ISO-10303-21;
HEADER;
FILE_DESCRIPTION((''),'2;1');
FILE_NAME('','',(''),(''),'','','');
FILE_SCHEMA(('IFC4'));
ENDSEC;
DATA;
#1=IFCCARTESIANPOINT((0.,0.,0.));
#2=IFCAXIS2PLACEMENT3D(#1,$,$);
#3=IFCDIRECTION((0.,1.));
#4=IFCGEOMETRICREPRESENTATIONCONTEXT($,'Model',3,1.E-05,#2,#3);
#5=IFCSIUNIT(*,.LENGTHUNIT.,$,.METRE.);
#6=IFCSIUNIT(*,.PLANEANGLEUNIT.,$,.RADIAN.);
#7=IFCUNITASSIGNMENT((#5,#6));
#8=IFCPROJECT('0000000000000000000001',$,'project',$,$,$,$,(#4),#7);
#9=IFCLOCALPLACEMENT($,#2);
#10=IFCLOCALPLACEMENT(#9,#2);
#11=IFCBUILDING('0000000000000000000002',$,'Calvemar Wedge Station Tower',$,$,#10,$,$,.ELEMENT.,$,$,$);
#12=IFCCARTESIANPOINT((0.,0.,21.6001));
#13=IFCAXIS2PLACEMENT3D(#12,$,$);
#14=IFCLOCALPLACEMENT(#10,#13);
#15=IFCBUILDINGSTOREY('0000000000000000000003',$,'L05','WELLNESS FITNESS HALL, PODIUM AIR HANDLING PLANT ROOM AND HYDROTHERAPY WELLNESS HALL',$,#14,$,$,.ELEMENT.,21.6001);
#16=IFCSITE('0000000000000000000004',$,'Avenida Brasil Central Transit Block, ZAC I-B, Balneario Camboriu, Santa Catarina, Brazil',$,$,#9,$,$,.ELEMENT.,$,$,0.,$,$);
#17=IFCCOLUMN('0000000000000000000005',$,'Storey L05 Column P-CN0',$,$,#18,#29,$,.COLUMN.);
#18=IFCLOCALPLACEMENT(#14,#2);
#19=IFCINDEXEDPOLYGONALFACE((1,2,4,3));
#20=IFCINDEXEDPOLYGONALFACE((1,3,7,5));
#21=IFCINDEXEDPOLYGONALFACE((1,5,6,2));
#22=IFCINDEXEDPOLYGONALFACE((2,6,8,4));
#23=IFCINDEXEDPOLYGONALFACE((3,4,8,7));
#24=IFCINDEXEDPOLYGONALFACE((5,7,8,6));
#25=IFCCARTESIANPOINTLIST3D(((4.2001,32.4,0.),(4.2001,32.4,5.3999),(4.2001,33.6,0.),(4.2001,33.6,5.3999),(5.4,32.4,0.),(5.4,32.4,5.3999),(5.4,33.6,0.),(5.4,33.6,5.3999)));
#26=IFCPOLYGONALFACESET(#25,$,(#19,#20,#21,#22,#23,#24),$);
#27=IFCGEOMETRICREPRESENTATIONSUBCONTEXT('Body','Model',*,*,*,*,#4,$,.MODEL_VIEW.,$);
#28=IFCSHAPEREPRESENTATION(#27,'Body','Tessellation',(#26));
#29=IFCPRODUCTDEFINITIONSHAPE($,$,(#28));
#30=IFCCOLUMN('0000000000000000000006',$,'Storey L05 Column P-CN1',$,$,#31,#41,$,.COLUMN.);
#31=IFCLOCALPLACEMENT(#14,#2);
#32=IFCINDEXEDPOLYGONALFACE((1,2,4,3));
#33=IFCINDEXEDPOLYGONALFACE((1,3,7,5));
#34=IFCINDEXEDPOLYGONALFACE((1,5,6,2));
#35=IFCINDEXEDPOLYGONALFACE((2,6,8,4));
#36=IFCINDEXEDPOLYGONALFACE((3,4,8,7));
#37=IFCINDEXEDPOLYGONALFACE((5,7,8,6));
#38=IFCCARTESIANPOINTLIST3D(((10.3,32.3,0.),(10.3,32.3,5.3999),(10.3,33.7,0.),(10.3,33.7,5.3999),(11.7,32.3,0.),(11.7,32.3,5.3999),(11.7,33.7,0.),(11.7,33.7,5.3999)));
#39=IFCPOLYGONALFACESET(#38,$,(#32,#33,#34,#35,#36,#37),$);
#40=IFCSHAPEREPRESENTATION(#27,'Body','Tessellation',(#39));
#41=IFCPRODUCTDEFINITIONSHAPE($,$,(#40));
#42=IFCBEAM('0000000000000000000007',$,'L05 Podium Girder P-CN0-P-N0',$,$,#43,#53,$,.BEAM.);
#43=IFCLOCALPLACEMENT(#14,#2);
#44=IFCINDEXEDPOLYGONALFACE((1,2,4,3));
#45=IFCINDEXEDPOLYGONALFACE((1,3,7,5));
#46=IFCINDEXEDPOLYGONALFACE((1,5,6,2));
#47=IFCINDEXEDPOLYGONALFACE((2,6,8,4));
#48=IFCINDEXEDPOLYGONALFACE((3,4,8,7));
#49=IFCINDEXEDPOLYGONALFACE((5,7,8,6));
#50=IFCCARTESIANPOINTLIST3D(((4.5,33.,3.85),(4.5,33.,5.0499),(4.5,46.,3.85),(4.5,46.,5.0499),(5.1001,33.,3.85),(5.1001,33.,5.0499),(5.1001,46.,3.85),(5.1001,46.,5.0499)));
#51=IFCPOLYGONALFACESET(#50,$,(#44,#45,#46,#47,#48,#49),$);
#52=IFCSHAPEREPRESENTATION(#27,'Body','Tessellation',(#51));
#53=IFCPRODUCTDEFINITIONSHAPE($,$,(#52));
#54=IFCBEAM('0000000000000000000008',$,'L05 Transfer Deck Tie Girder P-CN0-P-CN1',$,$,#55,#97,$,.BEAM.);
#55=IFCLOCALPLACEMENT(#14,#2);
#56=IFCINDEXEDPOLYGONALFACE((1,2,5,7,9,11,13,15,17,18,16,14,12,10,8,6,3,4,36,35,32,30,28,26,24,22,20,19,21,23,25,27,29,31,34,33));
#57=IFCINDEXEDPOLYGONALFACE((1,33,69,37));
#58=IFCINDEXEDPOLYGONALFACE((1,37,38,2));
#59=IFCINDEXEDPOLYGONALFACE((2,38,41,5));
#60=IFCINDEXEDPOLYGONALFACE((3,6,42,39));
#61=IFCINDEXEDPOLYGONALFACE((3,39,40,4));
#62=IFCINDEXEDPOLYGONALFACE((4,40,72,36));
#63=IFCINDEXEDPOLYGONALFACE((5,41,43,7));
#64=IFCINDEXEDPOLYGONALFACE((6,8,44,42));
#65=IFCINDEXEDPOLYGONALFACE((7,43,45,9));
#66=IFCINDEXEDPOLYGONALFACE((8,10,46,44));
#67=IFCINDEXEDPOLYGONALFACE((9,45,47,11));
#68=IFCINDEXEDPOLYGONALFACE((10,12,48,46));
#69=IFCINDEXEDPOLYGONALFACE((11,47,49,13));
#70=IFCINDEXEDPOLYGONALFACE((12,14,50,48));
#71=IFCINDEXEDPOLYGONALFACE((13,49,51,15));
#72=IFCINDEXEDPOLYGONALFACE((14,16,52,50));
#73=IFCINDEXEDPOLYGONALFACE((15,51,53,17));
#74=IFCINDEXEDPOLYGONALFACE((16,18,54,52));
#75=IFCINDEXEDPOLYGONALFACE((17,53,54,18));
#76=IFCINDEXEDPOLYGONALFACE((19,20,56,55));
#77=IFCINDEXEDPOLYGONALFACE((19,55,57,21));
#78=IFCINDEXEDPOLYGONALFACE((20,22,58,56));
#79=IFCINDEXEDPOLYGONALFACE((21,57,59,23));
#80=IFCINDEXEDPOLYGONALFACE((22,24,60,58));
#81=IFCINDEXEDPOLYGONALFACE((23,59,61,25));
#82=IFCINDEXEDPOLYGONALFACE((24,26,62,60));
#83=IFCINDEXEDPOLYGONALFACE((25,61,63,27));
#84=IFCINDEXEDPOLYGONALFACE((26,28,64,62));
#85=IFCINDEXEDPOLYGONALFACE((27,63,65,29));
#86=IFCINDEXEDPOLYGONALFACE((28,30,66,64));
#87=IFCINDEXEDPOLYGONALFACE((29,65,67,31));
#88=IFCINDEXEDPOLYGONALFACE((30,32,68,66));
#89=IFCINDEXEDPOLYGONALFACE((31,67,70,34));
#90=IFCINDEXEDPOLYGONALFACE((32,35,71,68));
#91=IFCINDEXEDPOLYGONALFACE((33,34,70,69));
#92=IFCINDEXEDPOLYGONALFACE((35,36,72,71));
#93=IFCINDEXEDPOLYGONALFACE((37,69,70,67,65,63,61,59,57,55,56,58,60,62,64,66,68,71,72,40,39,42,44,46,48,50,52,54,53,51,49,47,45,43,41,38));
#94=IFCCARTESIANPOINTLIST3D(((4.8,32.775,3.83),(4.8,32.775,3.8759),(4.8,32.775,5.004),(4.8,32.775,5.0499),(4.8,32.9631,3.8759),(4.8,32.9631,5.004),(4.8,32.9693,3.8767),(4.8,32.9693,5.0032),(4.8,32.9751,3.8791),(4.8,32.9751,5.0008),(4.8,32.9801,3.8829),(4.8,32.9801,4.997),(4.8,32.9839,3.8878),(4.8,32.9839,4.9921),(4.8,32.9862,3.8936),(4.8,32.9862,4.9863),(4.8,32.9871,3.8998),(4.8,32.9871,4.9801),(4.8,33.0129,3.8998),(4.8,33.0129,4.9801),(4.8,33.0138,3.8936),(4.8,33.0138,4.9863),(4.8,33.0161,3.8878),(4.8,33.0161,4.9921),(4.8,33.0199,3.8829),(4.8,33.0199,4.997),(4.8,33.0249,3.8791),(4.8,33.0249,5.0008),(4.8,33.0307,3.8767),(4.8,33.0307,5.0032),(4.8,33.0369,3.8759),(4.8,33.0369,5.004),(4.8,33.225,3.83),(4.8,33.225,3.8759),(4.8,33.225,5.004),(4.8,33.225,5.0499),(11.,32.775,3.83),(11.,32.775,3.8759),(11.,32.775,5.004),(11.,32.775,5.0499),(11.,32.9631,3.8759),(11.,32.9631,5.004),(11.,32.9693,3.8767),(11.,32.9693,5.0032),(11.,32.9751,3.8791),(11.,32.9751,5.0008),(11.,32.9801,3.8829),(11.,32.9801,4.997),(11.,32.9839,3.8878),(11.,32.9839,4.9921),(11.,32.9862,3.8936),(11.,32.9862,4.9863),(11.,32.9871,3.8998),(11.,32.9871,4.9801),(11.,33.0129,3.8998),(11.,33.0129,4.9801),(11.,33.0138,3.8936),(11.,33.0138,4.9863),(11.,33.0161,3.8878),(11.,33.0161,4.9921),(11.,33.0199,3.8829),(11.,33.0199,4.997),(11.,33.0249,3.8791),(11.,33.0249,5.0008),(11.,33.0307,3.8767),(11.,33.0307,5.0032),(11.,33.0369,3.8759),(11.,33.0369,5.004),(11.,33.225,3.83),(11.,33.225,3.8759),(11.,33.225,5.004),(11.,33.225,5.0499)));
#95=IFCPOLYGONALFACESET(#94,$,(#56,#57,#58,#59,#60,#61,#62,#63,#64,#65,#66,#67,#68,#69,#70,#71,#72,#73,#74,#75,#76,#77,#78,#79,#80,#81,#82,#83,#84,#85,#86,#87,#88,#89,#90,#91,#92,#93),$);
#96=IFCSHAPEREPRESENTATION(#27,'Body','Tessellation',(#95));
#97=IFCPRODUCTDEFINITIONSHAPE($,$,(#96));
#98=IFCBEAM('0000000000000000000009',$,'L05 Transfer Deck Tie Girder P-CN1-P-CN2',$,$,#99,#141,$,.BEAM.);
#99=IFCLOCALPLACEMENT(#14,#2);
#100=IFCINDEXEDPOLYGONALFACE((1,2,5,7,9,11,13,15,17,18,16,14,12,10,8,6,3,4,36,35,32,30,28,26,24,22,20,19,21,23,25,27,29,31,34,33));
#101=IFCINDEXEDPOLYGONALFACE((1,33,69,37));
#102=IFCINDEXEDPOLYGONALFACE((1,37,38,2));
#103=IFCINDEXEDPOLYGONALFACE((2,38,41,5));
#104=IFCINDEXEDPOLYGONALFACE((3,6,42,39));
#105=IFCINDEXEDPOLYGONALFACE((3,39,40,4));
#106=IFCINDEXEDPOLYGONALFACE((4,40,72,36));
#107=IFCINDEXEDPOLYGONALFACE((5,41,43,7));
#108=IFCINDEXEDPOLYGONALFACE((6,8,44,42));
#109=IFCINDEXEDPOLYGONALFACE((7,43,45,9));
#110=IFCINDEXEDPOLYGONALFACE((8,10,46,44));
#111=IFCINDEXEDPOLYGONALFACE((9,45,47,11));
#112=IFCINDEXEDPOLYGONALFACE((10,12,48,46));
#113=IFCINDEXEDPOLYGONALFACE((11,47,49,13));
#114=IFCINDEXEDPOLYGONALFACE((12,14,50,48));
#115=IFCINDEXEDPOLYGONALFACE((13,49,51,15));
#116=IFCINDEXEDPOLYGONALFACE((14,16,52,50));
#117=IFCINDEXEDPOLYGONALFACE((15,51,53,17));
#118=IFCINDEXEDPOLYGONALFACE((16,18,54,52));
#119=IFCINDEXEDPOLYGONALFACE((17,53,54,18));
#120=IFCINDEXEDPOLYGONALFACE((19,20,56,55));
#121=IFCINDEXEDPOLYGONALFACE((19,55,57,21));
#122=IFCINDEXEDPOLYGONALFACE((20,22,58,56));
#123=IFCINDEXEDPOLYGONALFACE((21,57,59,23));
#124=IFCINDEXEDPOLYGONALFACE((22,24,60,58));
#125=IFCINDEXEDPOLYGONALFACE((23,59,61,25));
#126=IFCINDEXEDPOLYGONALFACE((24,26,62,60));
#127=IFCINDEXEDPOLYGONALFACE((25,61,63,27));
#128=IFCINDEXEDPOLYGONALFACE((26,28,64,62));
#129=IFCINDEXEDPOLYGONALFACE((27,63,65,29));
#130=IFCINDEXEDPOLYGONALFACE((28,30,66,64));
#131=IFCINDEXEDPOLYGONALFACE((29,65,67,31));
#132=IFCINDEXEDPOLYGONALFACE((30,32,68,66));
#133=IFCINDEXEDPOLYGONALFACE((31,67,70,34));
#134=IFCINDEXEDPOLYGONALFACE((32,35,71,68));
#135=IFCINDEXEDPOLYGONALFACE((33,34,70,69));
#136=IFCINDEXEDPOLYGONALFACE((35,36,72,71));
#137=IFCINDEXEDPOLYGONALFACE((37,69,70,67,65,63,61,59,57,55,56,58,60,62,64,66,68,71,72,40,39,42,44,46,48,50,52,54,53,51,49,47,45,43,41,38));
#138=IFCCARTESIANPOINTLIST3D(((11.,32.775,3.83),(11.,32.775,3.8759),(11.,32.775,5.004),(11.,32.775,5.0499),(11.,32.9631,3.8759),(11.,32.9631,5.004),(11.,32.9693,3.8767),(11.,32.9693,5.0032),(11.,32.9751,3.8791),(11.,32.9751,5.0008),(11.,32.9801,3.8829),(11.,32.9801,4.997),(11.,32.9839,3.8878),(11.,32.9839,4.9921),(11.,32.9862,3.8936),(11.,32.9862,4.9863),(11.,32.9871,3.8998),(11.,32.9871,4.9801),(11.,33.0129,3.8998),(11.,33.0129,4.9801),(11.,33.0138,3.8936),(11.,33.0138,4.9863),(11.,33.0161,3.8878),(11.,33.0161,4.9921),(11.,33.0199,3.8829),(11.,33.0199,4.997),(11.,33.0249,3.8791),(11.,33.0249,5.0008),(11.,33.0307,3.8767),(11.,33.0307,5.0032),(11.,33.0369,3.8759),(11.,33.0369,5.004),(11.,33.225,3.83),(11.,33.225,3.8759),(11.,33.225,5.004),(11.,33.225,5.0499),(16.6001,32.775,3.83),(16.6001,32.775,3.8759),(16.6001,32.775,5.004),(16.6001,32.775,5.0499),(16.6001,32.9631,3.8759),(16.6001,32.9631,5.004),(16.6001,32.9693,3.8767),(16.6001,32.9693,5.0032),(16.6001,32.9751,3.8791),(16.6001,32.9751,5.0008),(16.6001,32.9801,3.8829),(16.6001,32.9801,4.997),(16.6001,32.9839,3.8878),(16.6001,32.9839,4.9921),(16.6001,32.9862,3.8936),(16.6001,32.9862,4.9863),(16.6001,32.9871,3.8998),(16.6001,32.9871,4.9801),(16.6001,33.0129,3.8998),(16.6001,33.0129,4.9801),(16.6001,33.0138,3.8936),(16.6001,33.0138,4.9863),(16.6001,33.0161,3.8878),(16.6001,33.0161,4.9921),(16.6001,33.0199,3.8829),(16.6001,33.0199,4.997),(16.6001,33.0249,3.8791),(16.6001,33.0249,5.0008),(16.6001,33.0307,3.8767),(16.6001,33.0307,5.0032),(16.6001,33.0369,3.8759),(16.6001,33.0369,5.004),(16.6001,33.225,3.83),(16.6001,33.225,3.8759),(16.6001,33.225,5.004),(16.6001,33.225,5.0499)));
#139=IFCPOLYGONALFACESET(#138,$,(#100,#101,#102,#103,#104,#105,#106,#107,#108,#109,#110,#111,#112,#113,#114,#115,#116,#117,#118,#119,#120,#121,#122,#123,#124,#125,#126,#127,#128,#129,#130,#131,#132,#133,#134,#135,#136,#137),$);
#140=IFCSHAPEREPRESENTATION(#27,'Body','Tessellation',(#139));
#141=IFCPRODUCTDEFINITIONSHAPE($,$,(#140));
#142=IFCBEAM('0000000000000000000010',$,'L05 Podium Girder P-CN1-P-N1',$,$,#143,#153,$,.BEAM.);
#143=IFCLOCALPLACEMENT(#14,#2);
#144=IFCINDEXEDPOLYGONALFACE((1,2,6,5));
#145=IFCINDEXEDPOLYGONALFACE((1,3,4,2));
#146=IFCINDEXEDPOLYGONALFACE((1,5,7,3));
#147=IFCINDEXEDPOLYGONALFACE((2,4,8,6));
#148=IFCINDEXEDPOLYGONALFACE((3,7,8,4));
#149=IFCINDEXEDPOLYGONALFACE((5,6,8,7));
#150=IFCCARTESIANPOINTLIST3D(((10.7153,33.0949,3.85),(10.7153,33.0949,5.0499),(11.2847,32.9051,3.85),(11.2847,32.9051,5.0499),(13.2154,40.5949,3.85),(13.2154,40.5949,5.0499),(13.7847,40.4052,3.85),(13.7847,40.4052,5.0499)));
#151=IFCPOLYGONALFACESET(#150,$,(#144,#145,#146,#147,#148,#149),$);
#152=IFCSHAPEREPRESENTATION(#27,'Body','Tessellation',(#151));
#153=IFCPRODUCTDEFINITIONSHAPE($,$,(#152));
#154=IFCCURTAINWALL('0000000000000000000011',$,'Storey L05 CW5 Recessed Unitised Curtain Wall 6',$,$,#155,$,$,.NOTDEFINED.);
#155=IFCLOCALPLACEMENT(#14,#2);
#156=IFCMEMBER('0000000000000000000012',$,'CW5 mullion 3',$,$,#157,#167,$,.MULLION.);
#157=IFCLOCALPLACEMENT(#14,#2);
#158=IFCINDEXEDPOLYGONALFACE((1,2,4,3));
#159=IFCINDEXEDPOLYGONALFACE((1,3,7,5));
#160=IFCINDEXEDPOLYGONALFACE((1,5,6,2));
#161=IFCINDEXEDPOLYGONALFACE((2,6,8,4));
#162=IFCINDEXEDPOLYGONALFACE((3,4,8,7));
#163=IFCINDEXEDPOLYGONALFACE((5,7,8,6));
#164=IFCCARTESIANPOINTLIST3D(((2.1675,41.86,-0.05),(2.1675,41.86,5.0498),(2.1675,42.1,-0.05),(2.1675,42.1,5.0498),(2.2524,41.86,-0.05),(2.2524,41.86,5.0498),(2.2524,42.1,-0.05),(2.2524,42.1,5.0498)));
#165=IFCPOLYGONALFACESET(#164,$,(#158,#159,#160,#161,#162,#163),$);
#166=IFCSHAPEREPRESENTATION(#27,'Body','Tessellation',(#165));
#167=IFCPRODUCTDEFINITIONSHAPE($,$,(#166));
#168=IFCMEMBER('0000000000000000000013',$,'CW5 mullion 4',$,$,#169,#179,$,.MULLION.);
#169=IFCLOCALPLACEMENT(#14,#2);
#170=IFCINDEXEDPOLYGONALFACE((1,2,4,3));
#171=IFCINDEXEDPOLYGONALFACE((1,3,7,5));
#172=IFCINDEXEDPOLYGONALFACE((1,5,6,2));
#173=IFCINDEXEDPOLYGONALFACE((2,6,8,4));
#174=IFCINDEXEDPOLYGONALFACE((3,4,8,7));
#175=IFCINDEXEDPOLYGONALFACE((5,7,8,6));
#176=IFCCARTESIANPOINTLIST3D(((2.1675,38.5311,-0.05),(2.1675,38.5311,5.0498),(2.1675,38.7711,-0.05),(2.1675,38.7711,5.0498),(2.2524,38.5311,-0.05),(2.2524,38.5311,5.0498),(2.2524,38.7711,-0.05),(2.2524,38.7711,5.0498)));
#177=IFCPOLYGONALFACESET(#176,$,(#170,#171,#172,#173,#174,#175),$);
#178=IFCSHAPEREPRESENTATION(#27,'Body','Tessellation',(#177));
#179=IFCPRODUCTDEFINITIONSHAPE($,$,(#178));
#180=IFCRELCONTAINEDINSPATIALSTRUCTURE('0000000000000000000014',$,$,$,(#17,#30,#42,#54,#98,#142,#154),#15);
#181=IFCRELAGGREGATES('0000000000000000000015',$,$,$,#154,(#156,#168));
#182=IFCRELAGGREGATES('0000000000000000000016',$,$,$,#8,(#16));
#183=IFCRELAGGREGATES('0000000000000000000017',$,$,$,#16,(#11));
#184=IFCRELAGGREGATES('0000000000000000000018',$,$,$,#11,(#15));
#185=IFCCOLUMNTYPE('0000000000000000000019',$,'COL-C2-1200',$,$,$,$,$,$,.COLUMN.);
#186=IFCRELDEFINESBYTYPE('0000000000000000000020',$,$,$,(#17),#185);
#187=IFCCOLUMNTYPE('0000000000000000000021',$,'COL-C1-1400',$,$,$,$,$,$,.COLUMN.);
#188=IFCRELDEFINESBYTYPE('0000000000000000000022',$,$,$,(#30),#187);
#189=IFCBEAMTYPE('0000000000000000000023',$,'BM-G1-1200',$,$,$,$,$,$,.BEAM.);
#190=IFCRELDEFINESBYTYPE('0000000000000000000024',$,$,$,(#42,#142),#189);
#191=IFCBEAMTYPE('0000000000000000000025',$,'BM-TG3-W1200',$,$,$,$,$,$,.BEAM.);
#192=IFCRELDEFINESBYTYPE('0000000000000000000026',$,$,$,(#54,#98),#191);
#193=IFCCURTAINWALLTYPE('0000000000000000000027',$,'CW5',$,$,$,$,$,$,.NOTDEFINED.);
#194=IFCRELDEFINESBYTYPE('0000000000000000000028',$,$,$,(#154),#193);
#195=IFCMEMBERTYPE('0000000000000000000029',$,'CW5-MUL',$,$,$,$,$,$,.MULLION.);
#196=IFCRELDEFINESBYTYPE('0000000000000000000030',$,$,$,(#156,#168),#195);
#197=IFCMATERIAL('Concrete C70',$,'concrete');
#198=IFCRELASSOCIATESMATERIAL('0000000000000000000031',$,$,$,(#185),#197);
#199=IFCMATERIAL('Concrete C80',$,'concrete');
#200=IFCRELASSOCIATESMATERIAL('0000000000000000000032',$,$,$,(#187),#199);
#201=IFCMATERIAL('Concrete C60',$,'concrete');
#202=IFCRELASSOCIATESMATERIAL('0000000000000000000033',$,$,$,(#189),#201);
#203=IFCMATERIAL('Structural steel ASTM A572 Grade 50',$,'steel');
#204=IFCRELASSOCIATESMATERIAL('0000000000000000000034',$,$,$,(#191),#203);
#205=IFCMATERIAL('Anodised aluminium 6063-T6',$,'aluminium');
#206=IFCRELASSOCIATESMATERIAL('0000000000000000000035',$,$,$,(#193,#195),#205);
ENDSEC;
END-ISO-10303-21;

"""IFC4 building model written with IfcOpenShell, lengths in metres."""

from ifc_helpers import new_model, si_unit, direction, frame, origin, origin_2d, place, context, subcontext, project, spatial, rectangle, i_section, extrude, source, transform, mapped, material, material_profile, profile_set, type_object, element, aggregate, save


model = new_model("IFC4")

# Units and contexts
model_context = context("Model", 3, precision=1e-05, world=origin(), true_north=direction((0.0, 1.0)))
body_context = subcontext(model_context, "Body", "Model", "MODEL_VIEW")
ifc_project = project(units=[si_unit("LENGTHUNIT", "METRE"), si_unit("PLANEANGLEUNIT", "RADIAN")], contexts=[model_context])

# Site, building, storey
site_placement = place(None, origin())
site = spatial("IfcSite", under=ifc_project, at=site_placement, Name="Avenida Brasil Central Transit Block, ZAC I-B, Balneario Camboriu, Santa Catarina, Brazil", CompositionType="ELEMENT", RefElevation=0.0)
building_placement = place(site_placement, origin())
building = spatial("IfcBuilding", under=site, at=building_placement, Name="Calvemar Wedge Station Tower", CompositionType="ELEMENT")
storey_placement = place(building_placement, frame((0.0, 0.0, 21.6001)))
storey = spatial("IfcBuildingStorey", under=building, at=storey_placement, Name="L05", Description="WELLNESS FITNESS HALL, PODIUM AIR HANDLING PLANT ROOM AND HYDROTHERAPY WELLNESS HALL", CompositionType="ELEMENT", Elevation=21.6001)

# Columns
ifc_material_1 = material(Name="Concrete C70", Category="concrete")
ifc_material_profile_1 = material_profile(ifc_material_1, rectangle(XDim=1.2, YDim=1.2, at=origin_2d()), Name="RC1200x1200")
ifc_profile_set_1 = profile_set([ifc_material_profile_1], Name="Concrete C70")
column_type_1 = type_object("IfcColumnType", Name="COL-C2-1200", PredefinedType="COLUMN", material=ifc_profile_set_1)
shared_shape_1 = source(origin(), body_context, "Body", "SweptSolid", [
    extrude(rectangle(XDim=1.2, YDim=1.2, at=origin_2d()), origin(), (0.0, 0.0, 1.0), 5.3999),
])
column_1_placement = place(storey_placement, frame((4.8, 33.0, 0.0), z_axis=(0.0, 0.0, 1.0), x_axis=(1.0, 0.0, 0.0)))
element("IfcColumn", 1, at=column_1_placement, inside=storey, type_object=column_type_1, Name="Storey L05 Column P-CN0", PredefinedType="COLUMN", context=body_context, shape_type="MappedRepresentation", body=[
    mapped(shared_shape_1, transform((0.0, 0.0, 0.0), scale=1.0)),
])
ifc_material_2 = material(Name="Concrete C80", Category="concrete")
ifc_material_profile_2 = material_profile(ifc_material_2, rectangle(XDim=1.3999, YDim=1.3999, at=origin_2d()), Name="RC1400x1400")
ifc_profile_set_2 = profile_set([ifc_material_profile_2], Name="Concrete C80")
column_type_2 = type_object("IfcColumnType", Name="COL-C1-1400", PredefinedType="COLUMN", material=ifc_profile_set_2)
shared_shape_2 = source(origin(), body_context, "Body", "SweptSolid", [
    extrude(rectangle(XDim=1.3999, YDim=1.3999, at=origin_2d()), origin(), (0.0, 0.0, 1.0), 5.3999),
])
column_2_placement = place(storey_placement, frame((11.0, 33.0, 0.0), z_axis=(0.0, 0.0, 1.0), x_axis=(1.0, 0.0, 0.0)))
element("IfcColumn", 2, at=column_2_placement, inside=storey, type_object=column_type_2, Name="Storey L05 Column P-CN1", PredefinedType="COLUMN", context=body_context, shape_type="MappedRepresentation", body=[
    mapped(shared_shape_2, transform((0.0, 0.0, 0.0), scale=1.0)),
])

# Beams
ifc_material_3 = material(Name="Concrete C60", Category="concrete")
ifc_material_profile_3 = material_profile(ifc_material_3, rectangle(XDim=0.6001, YDim=1.2, at=origin_2d()), Name="RC600x1200")
ifc_profile_set_3 = profile_set([ifc_material_profile_3], Name="Concrete C60")
beam_type_1 = type_object("IfcBeamType", Name="BM-G1-1200", PredefinedType="BEAM", material=ifc_profile_set_3)
shared_shape_3 = source(origin(), body_context, "Body", "SweptSolid", [
    extrude(rectangle(XDim=0.6001, YDim=1.2, at=origin_2d()), origin(), (0.0, 0.0, 1.0), 13.0),
])
beam_1_placement = place(storey_placement, frame((4.8, 33.0, 4.45), z_axis=(0.0, 1.0, 0.0), x_axis=(-1.0, 0.0, 0.0)))
element("IfcBeam", 3, at=beam_1_placement, inside=storey, type_object=beam_type_1, Name="L05 Podium Girder P-CN0-P-N0", PredefinedType="BEAM", context=body_context, shape_type="MappedRepresentation", body=[
    mapped(shared_shape_3, transform((0.0, 0.0, 0.0), scale=1.0)),
])
ifc_material_4 = material(Name="Structural steel ASTM A572 Grade 50", Category="steel")
ifc_material_profile_4 = material_profile(ifc_material_4, i_section(OverallWidth=0.45, OverallDepth=1.22, WebThickness=0.0259, FlangeThickness=0.0459, FilletRadius=0.0239, at=origin_2d()), Name="W1200x540")
ifc_profile_set_4 = profile_set([ifc_material_profile_4], Name="Structural steel ASTM A572 Grade 50")
beam_type_2 = type_object("IfcBeamType", Name="BM-TG3-W1200", PredefinedType="BEAM", material=ifc_profile_set_4)
shared_shape_4 = source(origin(), body_context, "Body", "SweptSolid", [
    extrude(i_section(OverallWidth=0.45, OverallDepth=1.22, WebThickness=0.0259, FlangeThickness=0.0459, FilletRadius=0.0239, at=origin_2d()), origin(), (0.0, 0.0, 1.0), 6.2),
])
beam_2_placement = place(storey_placement, frame((4.8, 33.0, 4.4399), z_axis=(1.0, 0.0, 0.0), x_axis=(0.0, 1.0, 0.0)))
element("IfcBeam", 4, at=beam_2_placement, inside=storey, type_object=beam_type_2, Name="L05 Transfer Deck Tie Girder P-CN0-P-CN1", PredefinedType="BEAM", context=body_context, shape_type="MappedRepresentation", body=[
    mapped(shared_shape_4, transform((0.0, 0.0, 0.0), scale=1.0)),
])
shared_shape_5 = source(origin(), body_context, "Body", "SweptSolid", [
    extrude(i_section(OverallWidth=0.45, OverallDepth=1.22, WebThickness=0.0259, FlangeThickness=0.0459, FilletRadius=0.0239, at=origin_2d()), origin(), (0.0, 0.0, 1.0), 5.6001),
])
beam_3_placement = place(storey_placement, frame((11.0, 33.0, 4.4399), z_axis=(1.0, 0.0, 0.0), x_axis=(0.0, 1.0, 0.0)))
element("IfcBeam", 5, at=beam_3_placement, inside=storey, type_object=beam_type_2, Name="L05 Transfer Deck Tie Girder P-CN1-P-CN2", PredefinedType="BEAM", context=body_context, shape_type="MappedRepresentation", body=[
    mapped(shared_shape_5, transform((0.0, 0.0, 0.0), scale=1.0)),
])
shared_shape_6 = source(origin(), body_context, "Body", "SweptSolid", [
    extrude(rectangle(XDim=0.6001, YDim=1.2, at=origin_2d()), origin(), (0.0, 0.0, 1.0), 7.9058),
])
beam_4_placement = place(storey_placement, frame((11.0, 33.0, 4.45), z_axis=(0.316228, 0.948683, 0.0), x_axis=(-0.948683, 0.316228, 0.0)))
element("IfcBeam", 6, at=beam_4_placement, inside=storey, type_object=beam_type_1, Name="L05 Podium Girder P-CN1-P-N1", PredefinedType="BEAM", context=body_context, shape_type="MappedRepresentation", body=[
    mapped(shared_shape_6, transform((0.0, 0.0, 0.0), scale=1.0)),
])

# Curtain wall, members
ifc_material_5 = material(Name="Anodised aluminium 6063-T6", Category="aluminium")
curtain_wall_type = type_object("IfcCurtainWallType", Name="CW5", PredefinedType="NOTDEFINED", material=ifc_material_5)
curtain_wall_placement = place(storey_placement, origin())
curtain_wall = element("IfcCurtainWall", 7, at=curtain_wall_placement, inside=storey, type_object=curtain_wall_type, Name="Storey L05 CW5 Recessed Unitised Curtain Wall 6", PredefinedType="NOTDEFINED")
ifc_material_profile_5 = material_profile(ifc_material_5, rectangle(XDim=0.085, YDim=0.24, at=origin_2d()), Name="AL-MUL-85x240")
ifc_profile_set_5 = profile_set([ifc_material_profile_5], Name="Anodised aluminium 6063-T6")
member_type = type_object("IfcMemberType", Name="CW5-MUL", PredefinedType="MULLION", material=ifc_profile_set_5)
shared_shape_7 = source(origin(), body_context, "Body", "SweptSolid", [
    extrude(rectangle(XDim=0.085, YDim=0.24, at=origin_2d()), origin(), (0.0, 0.0, 1.0), 5.0999),
])
member_1_placement = place(storey_placement, frame((2.21, 41.98, -0.05), z_axis=(0.0, 0.0, 1.0), x_axis=(1.0, 0.0, 0.0)))
member_1 = element("IfcMember", 8, at=member_1_placement, type_object=member_type, Name="CW5 mullion 3", PredefinedType="MULLION", context=body_context, shape_type="MappedRepresentation", body=[
    mapped(shared_shape_7, transform((0.0, 0.0, 0.0), scale=1.0)),
])
member_2_placement = place(storey_placement, frame((2.21, 38.6511, -0.05), z_axis=(0.0, 0.0, 1.0), x_axis=(1.0, 0.0, 0.0)))
member_2 = element("IfcMember", 9, at=member_2_placement, type_object=member_type, Name="CW5 mullion 4", PredefinedType="MULLION", context=body_context, shape_type="MappedRepresentation", body=[
    mapped(shared_shape_7, transform((0.0, 0.0, 0.0), scale=1.0)),
])
aggregate(curtain_wall, [member_1, member_2])

save(model, "model.ifc")
